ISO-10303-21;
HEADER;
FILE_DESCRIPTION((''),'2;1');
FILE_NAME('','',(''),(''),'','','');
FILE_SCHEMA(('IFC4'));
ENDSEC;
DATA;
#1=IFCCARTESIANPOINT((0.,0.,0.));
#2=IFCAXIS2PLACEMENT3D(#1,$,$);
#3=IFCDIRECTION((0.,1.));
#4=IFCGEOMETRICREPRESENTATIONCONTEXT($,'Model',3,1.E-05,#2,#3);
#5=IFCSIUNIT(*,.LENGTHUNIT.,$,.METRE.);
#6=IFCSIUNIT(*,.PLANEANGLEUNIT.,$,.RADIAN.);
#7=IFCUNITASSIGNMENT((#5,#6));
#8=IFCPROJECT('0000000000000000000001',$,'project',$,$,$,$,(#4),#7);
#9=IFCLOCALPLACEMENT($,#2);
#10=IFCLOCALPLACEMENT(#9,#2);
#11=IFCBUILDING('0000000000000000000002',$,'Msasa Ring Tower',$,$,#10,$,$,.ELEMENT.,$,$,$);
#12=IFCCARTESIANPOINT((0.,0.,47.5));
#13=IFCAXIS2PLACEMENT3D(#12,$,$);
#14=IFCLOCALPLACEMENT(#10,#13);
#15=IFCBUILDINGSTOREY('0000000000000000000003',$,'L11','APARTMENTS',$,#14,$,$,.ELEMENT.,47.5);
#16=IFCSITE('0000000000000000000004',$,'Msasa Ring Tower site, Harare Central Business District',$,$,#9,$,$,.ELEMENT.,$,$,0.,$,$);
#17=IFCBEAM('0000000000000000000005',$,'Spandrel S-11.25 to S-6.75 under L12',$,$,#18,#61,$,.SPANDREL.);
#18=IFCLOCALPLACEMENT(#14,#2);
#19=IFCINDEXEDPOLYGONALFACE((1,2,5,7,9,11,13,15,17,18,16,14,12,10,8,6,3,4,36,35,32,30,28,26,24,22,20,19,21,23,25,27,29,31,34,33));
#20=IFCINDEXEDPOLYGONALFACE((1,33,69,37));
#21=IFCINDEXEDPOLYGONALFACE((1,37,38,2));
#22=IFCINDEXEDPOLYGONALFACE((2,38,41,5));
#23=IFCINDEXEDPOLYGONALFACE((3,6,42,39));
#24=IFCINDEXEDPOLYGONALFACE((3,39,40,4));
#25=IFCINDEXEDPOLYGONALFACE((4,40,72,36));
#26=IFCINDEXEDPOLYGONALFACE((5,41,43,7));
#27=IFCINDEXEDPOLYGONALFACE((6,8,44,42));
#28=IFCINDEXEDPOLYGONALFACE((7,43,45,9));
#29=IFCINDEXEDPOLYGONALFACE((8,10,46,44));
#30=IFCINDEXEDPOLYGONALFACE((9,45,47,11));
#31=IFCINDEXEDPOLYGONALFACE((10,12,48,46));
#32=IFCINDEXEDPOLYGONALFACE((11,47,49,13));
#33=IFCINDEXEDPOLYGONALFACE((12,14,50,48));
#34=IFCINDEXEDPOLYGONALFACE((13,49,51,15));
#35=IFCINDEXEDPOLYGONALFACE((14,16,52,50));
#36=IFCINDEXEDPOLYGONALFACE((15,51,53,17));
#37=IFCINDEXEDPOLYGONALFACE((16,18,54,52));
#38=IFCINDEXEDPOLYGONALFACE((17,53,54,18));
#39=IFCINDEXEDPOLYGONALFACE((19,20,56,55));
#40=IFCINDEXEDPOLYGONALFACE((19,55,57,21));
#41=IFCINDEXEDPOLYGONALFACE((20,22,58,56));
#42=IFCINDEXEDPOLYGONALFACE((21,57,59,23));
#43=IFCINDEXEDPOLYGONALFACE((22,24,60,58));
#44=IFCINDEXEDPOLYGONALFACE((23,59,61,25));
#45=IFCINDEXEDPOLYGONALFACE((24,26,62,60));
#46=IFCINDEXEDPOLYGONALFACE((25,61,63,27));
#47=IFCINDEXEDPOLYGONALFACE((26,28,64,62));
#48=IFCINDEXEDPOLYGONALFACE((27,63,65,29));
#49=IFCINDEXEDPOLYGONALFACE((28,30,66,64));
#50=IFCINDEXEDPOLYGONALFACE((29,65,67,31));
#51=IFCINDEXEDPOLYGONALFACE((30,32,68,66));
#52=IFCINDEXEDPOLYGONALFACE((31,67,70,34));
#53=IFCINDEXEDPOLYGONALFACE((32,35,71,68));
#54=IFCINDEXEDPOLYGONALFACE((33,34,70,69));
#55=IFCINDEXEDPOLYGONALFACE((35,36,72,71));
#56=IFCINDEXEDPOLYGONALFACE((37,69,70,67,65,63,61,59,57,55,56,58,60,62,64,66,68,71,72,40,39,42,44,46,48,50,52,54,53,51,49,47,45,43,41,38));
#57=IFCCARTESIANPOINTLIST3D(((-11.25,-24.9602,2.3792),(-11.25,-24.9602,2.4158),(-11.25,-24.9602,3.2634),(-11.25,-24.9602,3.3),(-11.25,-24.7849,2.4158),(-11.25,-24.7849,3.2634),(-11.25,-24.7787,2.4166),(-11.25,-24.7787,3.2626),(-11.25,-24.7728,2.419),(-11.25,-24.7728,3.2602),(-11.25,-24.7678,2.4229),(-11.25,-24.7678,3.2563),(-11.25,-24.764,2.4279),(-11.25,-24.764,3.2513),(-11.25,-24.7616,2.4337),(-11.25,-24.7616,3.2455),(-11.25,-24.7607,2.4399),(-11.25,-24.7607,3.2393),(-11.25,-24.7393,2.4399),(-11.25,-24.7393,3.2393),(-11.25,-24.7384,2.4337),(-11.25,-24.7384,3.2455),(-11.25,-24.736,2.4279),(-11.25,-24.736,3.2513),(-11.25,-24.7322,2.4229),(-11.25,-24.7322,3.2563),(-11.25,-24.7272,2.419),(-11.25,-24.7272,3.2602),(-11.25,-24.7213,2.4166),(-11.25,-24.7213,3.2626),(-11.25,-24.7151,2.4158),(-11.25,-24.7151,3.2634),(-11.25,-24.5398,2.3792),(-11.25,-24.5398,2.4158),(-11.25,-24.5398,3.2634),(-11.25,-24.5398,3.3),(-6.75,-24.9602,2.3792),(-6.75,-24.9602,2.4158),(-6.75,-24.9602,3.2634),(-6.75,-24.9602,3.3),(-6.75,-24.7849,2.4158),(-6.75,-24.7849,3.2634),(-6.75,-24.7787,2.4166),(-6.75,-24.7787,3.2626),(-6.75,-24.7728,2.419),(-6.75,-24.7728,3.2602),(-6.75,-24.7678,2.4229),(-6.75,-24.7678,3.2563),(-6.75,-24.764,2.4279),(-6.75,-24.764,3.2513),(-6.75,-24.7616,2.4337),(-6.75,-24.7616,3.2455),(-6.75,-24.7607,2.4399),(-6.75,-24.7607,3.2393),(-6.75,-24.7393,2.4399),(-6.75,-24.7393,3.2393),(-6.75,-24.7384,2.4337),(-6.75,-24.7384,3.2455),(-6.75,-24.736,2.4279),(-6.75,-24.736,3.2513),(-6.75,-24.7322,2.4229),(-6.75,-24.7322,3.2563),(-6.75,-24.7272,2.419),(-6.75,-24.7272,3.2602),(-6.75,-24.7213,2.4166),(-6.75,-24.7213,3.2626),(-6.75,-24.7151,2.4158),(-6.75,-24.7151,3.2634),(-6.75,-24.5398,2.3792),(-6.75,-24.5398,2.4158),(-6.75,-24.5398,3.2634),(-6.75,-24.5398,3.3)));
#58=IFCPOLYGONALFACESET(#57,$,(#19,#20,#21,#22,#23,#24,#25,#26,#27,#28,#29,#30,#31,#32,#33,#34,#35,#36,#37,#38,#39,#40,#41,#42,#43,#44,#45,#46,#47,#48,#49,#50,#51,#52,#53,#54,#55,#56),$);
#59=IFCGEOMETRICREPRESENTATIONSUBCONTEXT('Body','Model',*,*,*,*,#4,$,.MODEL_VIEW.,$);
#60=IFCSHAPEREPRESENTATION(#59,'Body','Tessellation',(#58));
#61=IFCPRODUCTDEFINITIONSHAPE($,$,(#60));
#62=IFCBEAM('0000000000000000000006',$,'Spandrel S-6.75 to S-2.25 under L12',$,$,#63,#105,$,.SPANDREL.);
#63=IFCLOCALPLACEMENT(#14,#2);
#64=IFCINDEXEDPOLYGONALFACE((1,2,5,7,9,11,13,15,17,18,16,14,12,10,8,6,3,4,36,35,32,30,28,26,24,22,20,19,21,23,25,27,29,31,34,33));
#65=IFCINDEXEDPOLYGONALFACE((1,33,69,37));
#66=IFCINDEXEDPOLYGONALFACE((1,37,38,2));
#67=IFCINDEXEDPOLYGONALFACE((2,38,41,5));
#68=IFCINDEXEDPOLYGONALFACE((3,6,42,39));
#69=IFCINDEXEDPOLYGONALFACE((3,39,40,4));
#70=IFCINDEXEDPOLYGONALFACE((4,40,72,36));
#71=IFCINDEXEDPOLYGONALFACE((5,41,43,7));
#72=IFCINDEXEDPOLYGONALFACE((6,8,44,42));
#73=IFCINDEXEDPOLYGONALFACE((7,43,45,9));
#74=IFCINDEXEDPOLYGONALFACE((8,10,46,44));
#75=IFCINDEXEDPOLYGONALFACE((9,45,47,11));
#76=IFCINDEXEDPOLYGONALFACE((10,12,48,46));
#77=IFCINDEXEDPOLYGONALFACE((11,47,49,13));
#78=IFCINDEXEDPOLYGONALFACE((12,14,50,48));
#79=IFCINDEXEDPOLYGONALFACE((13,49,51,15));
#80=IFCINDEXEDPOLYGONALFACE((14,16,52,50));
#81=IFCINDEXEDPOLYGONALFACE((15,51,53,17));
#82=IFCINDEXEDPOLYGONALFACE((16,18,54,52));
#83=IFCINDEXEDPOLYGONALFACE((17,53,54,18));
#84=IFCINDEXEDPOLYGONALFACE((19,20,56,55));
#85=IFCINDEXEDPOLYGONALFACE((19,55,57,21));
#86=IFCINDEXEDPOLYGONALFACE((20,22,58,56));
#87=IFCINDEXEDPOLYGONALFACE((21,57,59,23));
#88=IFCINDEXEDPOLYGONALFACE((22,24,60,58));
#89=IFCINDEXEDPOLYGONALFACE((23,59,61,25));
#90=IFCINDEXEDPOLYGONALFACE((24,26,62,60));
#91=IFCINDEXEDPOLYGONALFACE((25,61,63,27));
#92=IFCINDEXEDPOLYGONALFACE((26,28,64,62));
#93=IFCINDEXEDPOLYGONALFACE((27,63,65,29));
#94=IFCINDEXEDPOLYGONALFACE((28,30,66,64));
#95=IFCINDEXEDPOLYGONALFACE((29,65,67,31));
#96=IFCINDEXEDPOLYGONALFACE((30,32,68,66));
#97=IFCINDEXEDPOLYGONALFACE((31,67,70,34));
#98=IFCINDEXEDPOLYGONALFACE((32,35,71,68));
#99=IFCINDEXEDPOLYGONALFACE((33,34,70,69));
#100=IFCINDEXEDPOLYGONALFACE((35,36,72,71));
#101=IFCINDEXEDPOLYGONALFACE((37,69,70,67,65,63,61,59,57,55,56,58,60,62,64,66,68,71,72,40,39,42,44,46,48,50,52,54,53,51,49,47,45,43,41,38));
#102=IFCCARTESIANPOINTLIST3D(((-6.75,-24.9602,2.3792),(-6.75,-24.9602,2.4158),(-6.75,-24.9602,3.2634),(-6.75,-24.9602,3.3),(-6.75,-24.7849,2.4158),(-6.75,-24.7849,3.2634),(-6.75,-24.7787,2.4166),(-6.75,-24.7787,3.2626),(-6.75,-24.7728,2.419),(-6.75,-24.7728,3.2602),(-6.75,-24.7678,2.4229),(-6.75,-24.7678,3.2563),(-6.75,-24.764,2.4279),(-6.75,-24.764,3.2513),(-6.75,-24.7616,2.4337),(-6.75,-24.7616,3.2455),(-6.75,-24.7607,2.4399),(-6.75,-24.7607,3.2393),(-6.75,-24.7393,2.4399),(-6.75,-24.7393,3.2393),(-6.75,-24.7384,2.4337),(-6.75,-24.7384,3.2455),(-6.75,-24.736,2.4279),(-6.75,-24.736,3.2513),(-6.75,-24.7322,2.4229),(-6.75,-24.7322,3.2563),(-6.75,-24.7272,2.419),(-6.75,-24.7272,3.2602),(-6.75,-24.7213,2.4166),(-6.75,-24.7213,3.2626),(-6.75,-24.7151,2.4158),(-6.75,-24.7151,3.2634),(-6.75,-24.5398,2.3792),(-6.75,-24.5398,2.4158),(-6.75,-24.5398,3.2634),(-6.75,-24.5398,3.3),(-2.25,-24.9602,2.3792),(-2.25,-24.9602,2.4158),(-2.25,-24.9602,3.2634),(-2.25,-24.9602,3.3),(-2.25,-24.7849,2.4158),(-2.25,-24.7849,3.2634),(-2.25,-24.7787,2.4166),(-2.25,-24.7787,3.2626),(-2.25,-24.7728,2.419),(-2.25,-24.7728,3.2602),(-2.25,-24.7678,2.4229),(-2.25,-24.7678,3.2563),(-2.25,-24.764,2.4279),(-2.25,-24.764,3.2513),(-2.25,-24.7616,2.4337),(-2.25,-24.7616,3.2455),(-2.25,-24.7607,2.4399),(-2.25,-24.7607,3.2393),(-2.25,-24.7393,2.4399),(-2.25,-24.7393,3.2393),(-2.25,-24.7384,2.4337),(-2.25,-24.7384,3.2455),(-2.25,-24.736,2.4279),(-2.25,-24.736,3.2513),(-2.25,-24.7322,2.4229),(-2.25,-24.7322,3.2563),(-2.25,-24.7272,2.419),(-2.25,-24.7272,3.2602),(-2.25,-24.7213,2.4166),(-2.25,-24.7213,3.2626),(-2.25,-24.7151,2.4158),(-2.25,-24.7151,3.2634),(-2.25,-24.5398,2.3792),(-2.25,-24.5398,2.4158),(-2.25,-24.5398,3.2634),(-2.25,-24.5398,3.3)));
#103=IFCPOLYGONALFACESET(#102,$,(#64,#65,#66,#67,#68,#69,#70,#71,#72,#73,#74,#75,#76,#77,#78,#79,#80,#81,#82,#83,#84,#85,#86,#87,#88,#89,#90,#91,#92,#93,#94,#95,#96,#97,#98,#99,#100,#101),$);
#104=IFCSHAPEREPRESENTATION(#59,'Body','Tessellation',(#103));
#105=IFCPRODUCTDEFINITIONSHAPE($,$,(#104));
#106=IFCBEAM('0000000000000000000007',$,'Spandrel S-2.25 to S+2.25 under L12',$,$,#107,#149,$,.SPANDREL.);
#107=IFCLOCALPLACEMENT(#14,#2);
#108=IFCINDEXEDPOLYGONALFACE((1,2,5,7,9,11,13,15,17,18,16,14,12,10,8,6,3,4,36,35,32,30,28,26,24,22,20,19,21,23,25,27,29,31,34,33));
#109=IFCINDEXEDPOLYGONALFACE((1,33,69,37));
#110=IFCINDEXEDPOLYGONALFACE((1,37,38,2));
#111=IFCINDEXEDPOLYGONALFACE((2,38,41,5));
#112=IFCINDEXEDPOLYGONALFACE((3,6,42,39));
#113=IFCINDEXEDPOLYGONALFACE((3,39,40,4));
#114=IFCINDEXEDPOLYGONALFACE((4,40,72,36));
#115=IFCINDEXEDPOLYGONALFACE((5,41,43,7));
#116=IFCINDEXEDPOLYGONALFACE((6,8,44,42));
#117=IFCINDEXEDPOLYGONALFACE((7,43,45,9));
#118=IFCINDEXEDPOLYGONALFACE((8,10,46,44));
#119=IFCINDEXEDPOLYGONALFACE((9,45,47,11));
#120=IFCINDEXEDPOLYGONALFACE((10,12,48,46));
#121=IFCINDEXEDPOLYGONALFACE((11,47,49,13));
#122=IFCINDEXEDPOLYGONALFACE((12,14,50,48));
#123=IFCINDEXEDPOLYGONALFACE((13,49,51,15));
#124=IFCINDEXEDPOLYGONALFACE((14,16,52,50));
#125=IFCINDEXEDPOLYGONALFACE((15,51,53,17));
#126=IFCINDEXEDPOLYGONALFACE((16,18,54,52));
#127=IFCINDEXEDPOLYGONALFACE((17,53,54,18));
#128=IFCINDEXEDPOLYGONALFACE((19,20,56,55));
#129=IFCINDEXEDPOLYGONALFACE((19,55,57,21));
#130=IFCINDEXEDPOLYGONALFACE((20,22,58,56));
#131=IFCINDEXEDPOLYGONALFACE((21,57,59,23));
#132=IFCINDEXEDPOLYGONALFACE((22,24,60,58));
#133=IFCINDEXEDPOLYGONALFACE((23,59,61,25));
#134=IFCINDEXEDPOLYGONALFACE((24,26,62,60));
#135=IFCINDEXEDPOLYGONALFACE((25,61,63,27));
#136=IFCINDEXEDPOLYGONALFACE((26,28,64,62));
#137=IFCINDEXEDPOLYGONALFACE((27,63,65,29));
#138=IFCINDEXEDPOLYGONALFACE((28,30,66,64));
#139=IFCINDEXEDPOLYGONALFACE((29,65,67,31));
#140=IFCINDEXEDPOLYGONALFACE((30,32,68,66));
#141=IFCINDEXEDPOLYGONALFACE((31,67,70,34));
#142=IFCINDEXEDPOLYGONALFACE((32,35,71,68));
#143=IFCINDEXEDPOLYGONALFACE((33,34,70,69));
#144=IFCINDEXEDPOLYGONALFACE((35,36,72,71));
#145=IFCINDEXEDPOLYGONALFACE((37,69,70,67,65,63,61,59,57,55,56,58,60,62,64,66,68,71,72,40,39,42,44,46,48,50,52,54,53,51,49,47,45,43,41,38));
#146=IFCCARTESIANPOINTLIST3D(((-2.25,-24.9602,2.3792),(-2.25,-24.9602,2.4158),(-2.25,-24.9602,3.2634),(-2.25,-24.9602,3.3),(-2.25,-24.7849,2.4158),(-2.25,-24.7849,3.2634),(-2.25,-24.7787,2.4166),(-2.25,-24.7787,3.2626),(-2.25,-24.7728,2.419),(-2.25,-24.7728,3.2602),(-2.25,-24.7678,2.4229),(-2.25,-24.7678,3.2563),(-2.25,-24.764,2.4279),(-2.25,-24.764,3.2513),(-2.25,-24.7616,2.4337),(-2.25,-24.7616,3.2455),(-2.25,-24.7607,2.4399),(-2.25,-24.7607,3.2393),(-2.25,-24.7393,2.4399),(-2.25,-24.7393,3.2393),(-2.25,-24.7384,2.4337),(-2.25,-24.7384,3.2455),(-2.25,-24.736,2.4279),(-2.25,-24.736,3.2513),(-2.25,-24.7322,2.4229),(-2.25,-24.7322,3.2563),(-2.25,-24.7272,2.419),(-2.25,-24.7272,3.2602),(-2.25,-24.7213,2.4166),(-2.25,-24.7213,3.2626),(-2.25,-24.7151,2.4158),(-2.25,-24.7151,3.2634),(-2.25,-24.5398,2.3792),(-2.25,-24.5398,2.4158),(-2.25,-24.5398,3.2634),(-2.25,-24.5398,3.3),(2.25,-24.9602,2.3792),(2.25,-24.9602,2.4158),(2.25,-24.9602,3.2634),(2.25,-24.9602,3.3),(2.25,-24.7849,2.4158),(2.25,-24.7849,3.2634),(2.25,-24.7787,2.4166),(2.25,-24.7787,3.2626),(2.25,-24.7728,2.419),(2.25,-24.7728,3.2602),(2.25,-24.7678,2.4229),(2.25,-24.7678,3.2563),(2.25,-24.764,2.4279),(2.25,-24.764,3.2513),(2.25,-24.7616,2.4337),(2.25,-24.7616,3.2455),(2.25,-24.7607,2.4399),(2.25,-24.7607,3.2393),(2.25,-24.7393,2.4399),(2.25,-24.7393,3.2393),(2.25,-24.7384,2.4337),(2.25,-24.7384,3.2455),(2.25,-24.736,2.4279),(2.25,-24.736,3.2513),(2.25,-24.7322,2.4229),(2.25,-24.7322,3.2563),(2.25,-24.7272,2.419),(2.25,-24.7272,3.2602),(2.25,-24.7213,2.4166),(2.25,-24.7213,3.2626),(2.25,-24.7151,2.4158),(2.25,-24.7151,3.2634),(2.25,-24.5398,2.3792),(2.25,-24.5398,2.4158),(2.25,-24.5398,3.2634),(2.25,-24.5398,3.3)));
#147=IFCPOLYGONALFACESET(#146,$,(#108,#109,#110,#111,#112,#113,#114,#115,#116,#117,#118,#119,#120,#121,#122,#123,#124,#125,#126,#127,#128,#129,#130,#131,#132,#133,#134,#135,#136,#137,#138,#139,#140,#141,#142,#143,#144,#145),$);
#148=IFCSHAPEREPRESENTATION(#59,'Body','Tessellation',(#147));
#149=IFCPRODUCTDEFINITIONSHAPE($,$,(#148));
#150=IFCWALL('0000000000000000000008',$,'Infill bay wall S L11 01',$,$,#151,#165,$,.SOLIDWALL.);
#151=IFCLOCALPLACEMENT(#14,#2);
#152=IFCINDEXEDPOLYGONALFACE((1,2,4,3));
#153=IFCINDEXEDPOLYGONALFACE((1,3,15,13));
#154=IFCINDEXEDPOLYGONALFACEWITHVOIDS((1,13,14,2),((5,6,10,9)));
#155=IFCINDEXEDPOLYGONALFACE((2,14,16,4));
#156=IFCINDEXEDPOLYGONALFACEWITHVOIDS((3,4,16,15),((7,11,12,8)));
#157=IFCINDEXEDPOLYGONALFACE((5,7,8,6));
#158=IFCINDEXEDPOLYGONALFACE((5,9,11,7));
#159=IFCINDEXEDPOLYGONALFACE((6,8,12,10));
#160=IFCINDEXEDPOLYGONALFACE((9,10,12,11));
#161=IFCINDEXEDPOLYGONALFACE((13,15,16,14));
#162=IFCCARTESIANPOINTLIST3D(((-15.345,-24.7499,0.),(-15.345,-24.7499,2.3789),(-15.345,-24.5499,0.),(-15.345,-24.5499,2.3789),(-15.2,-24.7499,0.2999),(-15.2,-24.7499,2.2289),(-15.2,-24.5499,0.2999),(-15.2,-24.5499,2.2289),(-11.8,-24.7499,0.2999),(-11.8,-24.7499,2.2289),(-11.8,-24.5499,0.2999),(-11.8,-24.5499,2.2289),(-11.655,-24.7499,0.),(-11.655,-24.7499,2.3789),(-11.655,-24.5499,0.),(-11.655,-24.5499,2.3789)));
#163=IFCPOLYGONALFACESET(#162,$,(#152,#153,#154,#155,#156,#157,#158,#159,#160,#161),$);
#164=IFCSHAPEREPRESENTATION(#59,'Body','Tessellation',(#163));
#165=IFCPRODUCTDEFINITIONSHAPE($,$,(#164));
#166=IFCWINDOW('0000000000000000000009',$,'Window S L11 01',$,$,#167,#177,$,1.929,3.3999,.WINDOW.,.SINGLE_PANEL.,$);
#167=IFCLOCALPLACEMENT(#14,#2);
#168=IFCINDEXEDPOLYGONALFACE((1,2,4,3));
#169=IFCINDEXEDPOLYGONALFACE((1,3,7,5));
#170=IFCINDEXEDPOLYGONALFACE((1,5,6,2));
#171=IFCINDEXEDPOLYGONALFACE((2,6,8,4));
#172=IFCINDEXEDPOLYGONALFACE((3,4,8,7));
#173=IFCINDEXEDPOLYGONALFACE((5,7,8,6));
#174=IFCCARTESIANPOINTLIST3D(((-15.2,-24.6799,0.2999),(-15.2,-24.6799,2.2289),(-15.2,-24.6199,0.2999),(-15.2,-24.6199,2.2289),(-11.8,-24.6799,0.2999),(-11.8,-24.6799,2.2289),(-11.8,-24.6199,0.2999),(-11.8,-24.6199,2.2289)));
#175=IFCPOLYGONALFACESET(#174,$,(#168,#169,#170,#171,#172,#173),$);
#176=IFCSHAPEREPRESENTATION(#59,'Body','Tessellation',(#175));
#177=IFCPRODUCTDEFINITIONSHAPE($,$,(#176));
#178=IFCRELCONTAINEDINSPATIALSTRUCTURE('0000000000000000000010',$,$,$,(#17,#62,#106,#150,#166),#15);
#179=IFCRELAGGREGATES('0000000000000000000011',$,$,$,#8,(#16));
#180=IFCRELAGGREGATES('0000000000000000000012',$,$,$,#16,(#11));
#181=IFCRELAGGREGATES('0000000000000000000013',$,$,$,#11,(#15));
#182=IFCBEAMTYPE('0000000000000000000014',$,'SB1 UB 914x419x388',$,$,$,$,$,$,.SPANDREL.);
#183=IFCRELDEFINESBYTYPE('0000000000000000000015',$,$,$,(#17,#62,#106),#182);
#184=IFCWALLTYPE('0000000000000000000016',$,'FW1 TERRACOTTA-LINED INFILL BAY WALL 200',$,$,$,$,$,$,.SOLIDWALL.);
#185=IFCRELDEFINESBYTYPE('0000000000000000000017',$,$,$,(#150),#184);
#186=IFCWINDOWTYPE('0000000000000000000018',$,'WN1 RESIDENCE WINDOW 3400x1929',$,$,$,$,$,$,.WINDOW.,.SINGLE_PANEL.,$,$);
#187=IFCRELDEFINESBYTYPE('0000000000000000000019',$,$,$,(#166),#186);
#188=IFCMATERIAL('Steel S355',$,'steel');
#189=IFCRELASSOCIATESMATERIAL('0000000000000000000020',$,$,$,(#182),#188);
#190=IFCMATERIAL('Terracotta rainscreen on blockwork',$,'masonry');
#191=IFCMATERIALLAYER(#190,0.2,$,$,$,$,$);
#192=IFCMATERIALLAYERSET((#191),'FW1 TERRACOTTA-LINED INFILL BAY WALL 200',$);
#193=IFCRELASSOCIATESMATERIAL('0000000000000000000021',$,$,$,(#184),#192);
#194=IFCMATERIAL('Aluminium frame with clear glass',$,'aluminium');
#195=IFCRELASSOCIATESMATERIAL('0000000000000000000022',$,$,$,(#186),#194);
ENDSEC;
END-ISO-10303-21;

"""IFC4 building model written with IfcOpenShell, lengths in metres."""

from ifc_helpers import new_model, si_unit, direction, frame, frame_2d, origin, origin_2d, place, context, subcontext, project, spatial, rectangle, i_section, extrude, material, layer, layer_set, material_profile, profile_set, type_object, element, fill, save


model = new_model("IFC4")

# Units and contexts
model_context = context("Model", 3, precision=1e-05, world=origin(), true_north=direction((0.0, 1.0)))
body_context = subcontext(model_context, "Body", "Model", "MODEL_VIEW")
ifc_project = project(units=[si_unit("LENGTHUNIT", "METRE"), si_unit("PLANEANGLEUNIT", "RADIAN")], contexts=[model_context])

# Site, building, storey
site_placement = place(None, origin())
site = spatial("IfcSite", under=ifc_project, at=site_placement, Name="Msasa Ring Tower site, Harare Central Business District", CompositionType="ELEMENT", RefElevation=0.0)
building_placement = place(site_placement, origin())
building = spatial("IfcBuilding", under=site, at=building_placement, Name="Msasa Ring Tower", CompositionType="ELEMENT")
storey_placement = place(building_placement, frame((0.0, 0.0, 47.5)))
storey = spatial("IfcBuildingStorey", under=building, at=storey_placement, Name="L11", Description="APARTMENTS", CompositionType="ELEMENT", Elevation=47.5)

# Beams
ifc_material_1 = material(Name="Steel S355", Category="steel")
ifc_material_profile_1 = material_profile(ifc_material_1, i_section(OverallWidth=0.4204, OverallDepth=0.9209, WebThickness=0.0215, FlangeThickness=0.0366, FilletRadius=0.0242, at=origin_2d()), Name="UB 914x419x388")
ifc_profile_set_1 = profile_set([ifc_material_profile_1], Name="Steel S355")
beam_type_1 = type_object("IfcBeamType", Name="SB1 UB 914x419x388", PredefinedType="SPANDREL", material=ifc_profile_set_1)
for number, where, z_axis, x_axis, name in (
    (1, (-11.25, -24.75, 2.8396), (1.0, 0.0, 0.0), (0.0, 1.0, 0.0), "Spandrel S-11.25 to S-6.75 under L12"),
    (2, (-6.75, -24.75, 2.8396), (1.0, 0.0, 0.0), (0.0, 1.0, 0.0), "Spandrel S-6.75 to S-2.25 under L12"),
    (3, (-2.25, -24.75, 2.8396), (1.0, 0.0, 0.0), (0.0, 1.0, 0.0), "Spandrel S-2.25 to S+2.25 under L12"),
):
    element("IfcBeam", number, at=place(storey_placement, frame(where, z_axis=z_axis, x_axis=x_axis)), inside=storey, type_object=beam_type_1, Name=name, PredefinedType="SPANDREL", context=body_context, shape_type="SweptSolid", body=[
        extrude(i_section(OverallWidth=0.4204, OverallDepth=0.9209, WebThickness=0.0215, FlangeThickness=0.0366, FilletRadius=0.0242, at=origin_2d()), origin(), (0.0, 0.0, 1.0), 4.5),
    ])

# Wall, opening, window
ifc_material_2 = material(Name="Terracotta rainscreen on blockwork", Category="masonry")
ifc_layer_1 = layer(ifc_material_2, 0.2)
ifc_layer_set_1 = layer_set([ifc_layer_1], Name="FW1 TERRACOTTA-LINED INFILL BAY WALL 200")
wall_type_1 = type_object("IfcWallType", Name="FW1 TERRACOTTA-LINED INFILL BAY WALL 200", PredefinedType="SOLIDWALL", material=ifc_layer_set_1)
wall_1_placement = place(storey_placement, frame((-15.345, -24.6499, 0.0), z_axis=(0.0, 0.0, 1.0), x_axis=(1.0, 0.0, 0.0)))
wall_1 = element("IfcWall", 4, at=wall_1_placement, inside=storey, type_object=wall_type_1, Name="Infill bay wall S L11 01", PredefinedType="SOLIDWALL", context=body_context, shape_type="SweptSolid", body=[
    extrude(rectangle(XDim=3.6899, YDim=0.2, at=frame_2d((1.845, 0.0))), origin(), (0.0, 0.0, 1.0), 2.3789),
])
opening_1_placement = place(wall_1_placement, frame((0.145, 0.0, 0.3)))
opening_1 = element("IfcOpeningElement", 5, at=opening_1_placement, cuts=wall_1, PredefinedType="OPENING", context=body_context, shape_type="SweptSolid", body=[
    extrude(rectangle(XDim=3.3999, YDim=1.929, at=frame_2d((1.7, 0.9644))), frame((0.0, 0.1099, 0.0), z_axis=(0.0, -1.0, 0.0), x_axis=(1.0, 0.0, 0.0)), (0.0, 0.0, 1.0), 0.22),
])
ifc_material_3 = material(Name="Aluminium frame with clear glass", Category="aluminium")
window_type = type_object("IfcWindowType", Name="WN1 RESIDENCE WINDOW 3400x1929", PartitioningType="SINGLE_PANEL", PredefinedType="WINDOW", material=ifc_material_3)
window_1_placement = place(opening_1_placement, origin())
window_1 = element("IfcWindow", 6, at=window_1_placement, inside=storey, type_object=window_type, Name="Window S L11 01", OverallHeight=1.929, OverallWidth=3.3999, PartitioningType="SINGLE_PANEL", PredefinedType="WINDOW", context=body_context, shape_type="SweptSolid", body=[
    extrude(rectangle(XDim=3.3999, YDim=1.929, at=frame_2d((1.7, 0.9644))), frame((0.0, 0.03, 0.0), z_axis=(0.0, -1.0, 0.0), x_axis=(1.0, 0.0, 0.0)), (0.0, 0.0, 1.0), 0.0601),
])
fill(opening_1, window_1)

save(model, "model.ifc")
